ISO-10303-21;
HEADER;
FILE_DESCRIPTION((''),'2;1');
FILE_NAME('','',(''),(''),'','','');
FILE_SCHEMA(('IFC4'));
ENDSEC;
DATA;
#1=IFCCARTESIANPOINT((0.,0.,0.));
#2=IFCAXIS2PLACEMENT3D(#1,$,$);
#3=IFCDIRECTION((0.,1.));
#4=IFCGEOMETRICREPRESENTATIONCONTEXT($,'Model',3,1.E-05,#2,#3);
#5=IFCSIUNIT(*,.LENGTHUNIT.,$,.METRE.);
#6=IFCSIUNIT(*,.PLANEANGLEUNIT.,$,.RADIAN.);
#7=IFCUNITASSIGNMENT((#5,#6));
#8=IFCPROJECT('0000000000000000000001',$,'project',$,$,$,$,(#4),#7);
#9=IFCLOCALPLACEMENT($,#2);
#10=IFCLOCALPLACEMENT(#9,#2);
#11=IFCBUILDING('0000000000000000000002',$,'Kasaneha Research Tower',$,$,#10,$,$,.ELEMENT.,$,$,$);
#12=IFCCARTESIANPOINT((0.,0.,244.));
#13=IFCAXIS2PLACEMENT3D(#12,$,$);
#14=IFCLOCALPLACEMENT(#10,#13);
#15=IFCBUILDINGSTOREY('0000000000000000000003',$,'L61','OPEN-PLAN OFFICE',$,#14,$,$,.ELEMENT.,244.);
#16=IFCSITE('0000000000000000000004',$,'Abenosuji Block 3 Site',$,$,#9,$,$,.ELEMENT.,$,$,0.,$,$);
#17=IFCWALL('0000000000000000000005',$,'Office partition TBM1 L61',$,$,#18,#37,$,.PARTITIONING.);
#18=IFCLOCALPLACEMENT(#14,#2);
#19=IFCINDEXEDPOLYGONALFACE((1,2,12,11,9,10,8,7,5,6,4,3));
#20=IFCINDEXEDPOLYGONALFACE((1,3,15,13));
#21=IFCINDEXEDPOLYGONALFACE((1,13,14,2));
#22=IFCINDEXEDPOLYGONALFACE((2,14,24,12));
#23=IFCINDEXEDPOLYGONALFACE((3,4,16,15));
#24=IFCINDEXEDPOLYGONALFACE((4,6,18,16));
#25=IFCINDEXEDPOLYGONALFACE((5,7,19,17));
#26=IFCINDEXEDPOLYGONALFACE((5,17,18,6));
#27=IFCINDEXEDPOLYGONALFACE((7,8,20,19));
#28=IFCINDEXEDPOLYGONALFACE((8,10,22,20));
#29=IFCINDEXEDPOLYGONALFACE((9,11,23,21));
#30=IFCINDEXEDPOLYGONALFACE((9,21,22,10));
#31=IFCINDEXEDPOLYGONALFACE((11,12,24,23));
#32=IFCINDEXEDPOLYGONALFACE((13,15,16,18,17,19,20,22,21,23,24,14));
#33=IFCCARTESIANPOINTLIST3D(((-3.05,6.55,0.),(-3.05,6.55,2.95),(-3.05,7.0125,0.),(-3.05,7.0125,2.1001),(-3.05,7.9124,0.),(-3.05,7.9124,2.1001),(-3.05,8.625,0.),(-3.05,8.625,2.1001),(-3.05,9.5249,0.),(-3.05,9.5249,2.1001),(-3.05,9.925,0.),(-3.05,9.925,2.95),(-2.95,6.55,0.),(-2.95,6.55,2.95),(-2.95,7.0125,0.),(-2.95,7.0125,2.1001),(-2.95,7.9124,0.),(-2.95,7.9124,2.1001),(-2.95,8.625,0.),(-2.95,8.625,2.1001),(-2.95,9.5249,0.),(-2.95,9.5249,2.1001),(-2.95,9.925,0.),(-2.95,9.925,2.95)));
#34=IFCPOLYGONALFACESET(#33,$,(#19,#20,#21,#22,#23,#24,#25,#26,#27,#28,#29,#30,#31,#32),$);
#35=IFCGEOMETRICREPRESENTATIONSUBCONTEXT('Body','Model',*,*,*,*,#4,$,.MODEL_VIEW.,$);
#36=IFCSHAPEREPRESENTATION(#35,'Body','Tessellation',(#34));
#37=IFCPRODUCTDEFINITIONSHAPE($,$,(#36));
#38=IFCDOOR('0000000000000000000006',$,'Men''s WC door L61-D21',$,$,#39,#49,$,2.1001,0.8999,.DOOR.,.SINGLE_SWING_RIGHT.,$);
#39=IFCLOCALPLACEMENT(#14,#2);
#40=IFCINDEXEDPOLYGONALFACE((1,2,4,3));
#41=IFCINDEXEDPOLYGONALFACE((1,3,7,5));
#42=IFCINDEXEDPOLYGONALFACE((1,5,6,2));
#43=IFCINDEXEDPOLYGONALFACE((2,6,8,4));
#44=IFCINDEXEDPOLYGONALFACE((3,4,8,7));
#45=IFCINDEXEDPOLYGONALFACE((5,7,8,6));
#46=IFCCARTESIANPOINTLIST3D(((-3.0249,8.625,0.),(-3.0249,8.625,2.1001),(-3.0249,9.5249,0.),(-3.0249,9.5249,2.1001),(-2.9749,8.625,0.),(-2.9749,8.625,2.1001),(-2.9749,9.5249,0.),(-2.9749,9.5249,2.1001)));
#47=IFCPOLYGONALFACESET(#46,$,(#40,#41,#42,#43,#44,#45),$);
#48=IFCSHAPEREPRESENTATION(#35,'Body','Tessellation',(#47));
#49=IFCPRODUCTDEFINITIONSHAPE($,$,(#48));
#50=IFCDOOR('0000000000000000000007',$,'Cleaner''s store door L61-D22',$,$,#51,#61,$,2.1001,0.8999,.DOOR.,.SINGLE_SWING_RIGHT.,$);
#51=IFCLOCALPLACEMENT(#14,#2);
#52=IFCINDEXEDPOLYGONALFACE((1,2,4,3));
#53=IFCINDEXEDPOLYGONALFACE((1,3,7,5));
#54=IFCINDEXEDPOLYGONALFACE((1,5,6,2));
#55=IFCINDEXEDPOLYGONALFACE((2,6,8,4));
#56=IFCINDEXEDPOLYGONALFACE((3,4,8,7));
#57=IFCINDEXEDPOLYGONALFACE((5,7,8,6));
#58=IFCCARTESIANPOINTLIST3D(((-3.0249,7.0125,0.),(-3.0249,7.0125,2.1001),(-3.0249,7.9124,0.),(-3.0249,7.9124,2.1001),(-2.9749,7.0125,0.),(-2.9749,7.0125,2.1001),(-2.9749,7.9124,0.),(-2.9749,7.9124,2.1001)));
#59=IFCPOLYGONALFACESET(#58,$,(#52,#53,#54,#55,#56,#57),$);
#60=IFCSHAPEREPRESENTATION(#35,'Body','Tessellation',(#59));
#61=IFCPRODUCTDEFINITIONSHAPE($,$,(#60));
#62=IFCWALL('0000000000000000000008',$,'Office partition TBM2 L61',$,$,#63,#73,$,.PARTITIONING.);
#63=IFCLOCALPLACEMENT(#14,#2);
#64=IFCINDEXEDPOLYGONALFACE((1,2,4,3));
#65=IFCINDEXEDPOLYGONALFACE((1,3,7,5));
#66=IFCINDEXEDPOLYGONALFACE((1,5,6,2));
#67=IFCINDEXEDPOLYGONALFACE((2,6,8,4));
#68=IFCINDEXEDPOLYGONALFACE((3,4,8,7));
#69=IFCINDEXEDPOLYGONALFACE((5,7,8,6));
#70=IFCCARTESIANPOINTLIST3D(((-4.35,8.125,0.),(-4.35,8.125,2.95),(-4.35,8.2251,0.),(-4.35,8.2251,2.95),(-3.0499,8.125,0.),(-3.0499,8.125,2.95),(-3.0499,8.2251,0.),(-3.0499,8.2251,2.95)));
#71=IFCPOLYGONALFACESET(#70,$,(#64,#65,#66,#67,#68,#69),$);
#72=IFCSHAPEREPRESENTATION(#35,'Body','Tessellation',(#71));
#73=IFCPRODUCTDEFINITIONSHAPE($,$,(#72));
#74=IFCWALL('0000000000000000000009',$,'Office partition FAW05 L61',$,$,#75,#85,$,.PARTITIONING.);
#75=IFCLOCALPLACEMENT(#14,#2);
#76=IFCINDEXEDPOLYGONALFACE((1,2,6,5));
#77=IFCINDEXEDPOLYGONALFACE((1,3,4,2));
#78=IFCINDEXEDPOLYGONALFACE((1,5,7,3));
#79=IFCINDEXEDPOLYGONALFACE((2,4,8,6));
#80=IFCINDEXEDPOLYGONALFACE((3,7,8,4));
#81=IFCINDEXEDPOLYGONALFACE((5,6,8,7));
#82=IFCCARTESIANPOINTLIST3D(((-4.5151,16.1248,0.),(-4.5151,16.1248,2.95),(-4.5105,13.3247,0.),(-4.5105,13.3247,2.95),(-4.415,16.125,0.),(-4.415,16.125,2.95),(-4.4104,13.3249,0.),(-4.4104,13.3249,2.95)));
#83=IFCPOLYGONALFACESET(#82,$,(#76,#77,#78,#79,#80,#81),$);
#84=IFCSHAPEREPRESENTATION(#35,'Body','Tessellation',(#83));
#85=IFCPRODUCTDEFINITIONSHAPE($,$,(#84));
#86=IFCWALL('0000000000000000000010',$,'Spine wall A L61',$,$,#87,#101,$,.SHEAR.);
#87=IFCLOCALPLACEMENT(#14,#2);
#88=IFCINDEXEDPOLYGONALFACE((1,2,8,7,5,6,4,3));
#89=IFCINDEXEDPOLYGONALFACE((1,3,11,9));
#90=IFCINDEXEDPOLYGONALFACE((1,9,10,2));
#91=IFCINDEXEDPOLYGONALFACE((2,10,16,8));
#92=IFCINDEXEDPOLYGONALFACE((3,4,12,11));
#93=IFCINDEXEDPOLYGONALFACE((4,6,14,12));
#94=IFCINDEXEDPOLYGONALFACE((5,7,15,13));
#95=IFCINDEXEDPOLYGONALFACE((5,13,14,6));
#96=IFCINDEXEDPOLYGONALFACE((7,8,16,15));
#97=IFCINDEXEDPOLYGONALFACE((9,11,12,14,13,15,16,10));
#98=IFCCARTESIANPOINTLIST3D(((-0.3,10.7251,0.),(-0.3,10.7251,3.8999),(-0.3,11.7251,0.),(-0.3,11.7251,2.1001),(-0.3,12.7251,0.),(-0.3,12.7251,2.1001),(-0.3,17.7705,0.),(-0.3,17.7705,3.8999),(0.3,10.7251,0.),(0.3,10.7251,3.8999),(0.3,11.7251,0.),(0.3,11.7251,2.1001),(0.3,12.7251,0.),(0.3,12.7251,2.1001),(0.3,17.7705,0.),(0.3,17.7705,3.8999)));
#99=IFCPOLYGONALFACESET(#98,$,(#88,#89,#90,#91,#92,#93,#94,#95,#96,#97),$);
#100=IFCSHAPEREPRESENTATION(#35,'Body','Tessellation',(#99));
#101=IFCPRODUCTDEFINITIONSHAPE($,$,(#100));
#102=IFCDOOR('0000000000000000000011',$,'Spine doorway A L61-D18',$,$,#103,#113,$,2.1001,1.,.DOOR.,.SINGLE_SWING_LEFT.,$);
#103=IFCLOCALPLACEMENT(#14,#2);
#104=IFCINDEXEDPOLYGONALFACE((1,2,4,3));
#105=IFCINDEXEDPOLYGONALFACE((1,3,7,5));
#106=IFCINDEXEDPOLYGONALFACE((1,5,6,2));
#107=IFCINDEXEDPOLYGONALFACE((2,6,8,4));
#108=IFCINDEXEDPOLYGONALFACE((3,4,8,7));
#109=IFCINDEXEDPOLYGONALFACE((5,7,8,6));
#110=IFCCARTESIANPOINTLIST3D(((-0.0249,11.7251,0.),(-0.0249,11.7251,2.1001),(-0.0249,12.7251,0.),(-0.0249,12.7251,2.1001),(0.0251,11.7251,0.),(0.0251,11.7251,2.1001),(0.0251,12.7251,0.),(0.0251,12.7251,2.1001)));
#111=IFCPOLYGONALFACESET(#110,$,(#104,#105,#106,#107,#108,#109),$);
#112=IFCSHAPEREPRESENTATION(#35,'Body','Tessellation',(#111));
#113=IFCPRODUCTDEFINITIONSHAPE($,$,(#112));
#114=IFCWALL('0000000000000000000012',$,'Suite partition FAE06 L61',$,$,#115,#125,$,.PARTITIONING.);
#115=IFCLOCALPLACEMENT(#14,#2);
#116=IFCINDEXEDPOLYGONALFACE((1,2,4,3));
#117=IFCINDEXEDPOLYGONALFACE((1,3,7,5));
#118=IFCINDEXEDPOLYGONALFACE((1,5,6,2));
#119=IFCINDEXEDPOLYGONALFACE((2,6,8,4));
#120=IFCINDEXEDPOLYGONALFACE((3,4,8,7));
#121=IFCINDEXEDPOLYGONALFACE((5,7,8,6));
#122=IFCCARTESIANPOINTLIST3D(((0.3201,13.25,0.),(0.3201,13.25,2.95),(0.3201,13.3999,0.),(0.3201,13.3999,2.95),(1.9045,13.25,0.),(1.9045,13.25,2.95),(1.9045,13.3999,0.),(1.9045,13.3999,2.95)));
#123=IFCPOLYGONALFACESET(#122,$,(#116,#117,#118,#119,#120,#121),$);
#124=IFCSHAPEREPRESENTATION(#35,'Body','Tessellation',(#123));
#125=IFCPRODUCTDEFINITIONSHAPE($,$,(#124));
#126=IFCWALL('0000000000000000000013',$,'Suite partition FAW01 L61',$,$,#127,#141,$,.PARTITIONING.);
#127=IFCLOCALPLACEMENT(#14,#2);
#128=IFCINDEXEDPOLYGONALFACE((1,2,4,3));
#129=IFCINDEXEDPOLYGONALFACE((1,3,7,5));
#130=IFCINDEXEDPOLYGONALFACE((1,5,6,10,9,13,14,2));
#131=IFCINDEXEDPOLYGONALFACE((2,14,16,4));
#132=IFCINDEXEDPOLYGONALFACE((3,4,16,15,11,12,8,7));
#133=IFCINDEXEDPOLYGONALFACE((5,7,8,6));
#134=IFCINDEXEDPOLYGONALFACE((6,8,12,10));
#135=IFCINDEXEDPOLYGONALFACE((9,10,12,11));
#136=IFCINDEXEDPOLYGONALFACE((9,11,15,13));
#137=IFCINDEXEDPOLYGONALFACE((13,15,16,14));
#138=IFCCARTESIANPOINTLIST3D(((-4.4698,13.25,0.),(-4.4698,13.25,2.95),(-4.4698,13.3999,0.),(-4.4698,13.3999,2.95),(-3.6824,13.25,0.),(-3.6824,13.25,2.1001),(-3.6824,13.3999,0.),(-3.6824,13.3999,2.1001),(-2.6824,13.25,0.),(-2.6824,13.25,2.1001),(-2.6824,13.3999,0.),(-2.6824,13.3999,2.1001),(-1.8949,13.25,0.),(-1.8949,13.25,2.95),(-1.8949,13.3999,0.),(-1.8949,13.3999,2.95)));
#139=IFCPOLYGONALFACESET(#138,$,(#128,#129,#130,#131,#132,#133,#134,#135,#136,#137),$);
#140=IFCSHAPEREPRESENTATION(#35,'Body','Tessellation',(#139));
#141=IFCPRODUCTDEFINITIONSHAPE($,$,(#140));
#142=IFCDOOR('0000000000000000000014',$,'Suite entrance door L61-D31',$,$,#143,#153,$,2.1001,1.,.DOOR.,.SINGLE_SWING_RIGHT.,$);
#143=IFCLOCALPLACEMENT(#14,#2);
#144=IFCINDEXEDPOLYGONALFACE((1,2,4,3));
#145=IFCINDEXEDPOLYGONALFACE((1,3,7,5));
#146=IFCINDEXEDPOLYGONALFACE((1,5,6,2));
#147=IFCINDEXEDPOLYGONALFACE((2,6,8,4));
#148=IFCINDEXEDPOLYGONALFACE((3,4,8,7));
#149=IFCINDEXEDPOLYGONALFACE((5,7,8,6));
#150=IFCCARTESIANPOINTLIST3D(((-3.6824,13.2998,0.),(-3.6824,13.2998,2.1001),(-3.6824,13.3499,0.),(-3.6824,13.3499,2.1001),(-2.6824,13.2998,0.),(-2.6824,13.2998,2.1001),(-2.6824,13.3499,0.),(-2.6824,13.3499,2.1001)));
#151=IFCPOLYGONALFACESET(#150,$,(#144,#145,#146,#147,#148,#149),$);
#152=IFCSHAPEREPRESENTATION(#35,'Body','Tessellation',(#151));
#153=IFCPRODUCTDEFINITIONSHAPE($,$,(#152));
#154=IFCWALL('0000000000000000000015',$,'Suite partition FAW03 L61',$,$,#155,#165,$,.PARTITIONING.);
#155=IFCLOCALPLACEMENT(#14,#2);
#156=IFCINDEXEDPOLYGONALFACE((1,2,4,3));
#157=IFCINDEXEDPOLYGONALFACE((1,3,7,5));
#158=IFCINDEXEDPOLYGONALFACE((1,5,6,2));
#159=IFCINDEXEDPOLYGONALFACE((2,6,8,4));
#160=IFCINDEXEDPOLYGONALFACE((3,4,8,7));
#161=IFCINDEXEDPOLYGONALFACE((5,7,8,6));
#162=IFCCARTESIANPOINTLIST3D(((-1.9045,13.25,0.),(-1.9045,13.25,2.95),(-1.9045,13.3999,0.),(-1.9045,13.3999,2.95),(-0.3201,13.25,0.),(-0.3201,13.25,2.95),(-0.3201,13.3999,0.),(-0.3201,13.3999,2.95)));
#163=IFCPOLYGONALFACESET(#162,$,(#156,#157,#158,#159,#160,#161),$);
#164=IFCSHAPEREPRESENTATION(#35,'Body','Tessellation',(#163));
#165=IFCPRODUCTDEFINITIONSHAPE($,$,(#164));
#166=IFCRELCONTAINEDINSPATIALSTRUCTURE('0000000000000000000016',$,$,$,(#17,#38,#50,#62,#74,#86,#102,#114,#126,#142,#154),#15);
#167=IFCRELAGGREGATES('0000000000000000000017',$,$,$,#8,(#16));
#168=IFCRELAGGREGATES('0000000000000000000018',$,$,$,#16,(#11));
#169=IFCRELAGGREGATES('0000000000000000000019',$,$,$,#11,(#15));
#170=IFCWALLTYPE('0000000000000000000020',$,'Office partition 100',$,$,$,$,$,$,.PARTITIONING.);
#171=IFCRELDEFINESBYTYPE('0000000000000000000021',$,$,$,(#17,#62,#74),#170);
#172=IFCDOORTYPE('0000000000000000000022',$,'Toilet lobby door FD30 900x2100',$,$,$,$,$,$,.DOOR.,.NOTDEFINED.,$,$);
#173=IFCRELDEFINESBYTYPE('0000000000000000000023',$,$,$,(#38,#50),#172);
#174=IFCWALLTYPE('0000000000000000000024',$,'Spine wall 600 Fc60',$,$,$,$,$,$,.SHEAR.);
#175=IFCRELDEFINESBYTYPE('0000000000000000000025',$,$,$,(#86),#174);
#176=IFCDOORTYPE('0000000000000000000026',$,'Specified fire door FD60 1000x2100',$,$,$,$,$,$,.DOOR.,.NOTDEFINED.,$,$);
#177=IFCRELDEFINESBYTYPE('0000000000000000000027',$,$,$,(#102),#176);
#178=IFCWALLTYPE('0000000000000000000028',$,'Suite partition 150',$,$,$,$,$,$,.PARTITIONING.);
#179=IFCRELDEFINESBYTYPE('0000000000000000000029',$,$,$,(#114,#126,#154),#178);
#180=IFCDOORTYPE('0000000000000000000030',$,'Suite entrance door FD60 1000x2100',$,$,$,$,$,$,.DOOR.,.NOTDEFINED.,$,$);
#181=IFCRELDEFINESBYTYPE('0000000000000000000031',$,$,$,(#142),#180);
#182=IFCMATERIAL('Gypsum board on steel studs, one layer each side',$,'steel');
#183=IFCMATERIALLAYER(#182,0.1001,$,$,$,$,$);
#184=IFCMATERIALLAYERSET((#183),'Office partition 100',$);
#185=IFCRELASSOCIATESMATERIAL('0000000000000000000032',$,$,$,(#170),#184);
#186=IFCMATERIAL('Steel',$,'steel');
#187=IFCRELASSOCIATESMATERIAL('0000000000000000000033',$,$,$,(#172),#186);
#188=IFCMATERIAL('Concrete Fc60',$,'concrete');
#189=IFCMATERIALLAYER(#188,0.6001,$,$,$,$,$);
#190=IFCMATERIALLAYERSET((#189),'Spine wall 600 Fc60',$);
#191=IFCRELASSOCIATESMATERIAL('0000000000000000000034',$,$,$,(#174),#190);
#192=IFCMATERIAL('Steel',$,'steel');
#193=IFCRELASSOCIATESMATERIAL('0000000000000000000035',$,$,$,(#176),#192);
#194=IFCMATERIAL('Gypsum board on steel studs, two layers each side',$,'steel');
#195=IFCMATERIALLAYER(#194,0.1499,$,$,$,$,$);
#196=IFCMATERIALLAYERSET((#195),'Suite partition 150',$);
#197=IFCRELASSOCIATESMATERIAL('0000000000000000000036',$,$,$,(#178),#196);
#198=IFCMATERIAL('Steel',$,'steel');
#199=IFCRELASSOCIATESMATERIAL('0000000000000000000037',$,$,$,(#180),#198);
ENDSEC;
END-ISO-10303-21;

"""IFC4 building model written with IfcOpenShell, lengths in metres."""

from ifc_helpers import new_model, si_unit, direction, frame, frame_2d, origin, place, context, subcontext, project, spatial, rectangle, extrude, material, layer, layer_set, type_object, element, fill, save


model = new_model("IFC4")

# Units and contexts
model_context = context("Model", 3, precision=1e-05, world=origin(), true_north=direction((0.0, 1.0)))
body_context = subcontext(model_context, "Body", "Model", "MODEL_VIEW")
ifc_project = project(units=[si_unit("LENGTHUNIT", "METRE"), si_unit("PLANEANGLEUNIT", "RADIAN")], contexts=[model_context])

# Site, building, storey
site_placement = place(None, origin())
site = spatial("IfcSite", under=ifc_project, at=site_placement, Name="Abenosuji Block 3 Site", CompositionType="ELEMENT", RefElevation=0.0)
building_placement = place(site_placement, origin())
building = spatial("IfcBuilding", under=site, at=building_placement, Name="Kasaneha Research Tower", CompositionType="ELEMENT")
storey_placement = place(building_placement, frame((0.0, 0.0, 244.0)))
storey = spatial("IfcBuildingStorey", under=building, at=storey_placement, Name="L61", Description="OPEN-PLAN OFFICE", CompositionType="ELEMENT", Elevation=244.0)

# Wall, openings, doors
ifc_material_1 = material(Name="Gypsum board on steel studs, one layer each side", Category="steel")
ifc_layer_1 = layer(ifc_material_1, 0.1001)
ifc_layer_set_1 = layer_set([ifc_layer_1], Name="Office partition 100")
wall_type_1 = type_object("IfcWallType", Name="Office partition 100", PredefinedType="PARTITIONING", material=ifc_layer_set_1)
wall_1_placement = place(storey_placement, frame((-3.0, 6.55, 0.0), z_axis=(0.0, 0.0, 1.0), x_axis=(0.0, 1.0, 0.0)))
wall_1 = element("IfcWall", 1, at=wall_1_placement, inside=storey, type_object=wall_type_1, Name="Office partition TBM1 L61", PredefinedType="PARTITIONING", context=body_context, shape_type="SweptSolid", body=[
    extrude(rectangle(XDim=3.375, YDim=0.1001, at=frame_2d((1.6875, 0.0))), origin(), (0.0, 0.0, 1.0), 2.95),
])
opening_1_placement = place(wall_1_placement, frame((2.075, 0.0, 0.0)))
opening_1 = element("IfcOpeningElement", 2, at=opening_1_placement, cuts=wall_1, PredefinedType="OPENING", context=body_context, shape_type="SweptSolid", body=[
    extrude(rectangle(XDim=0.8999, YDim=2.1001, at=frame_2d((0.45, 1.05))), frame((0.0, 0.0601, 0.0), z_axis=(0.0, -1.0, 0.0), x_axis=(1.0, 0.0, 0.0)), (0.0, 0.0, 1.0), 0.1201),
])
opening_2_placement = place(wall_1_placement, frame((0.4624, 0.0, 0.0)))
opening_2 = element("IfcOpeningElement", 3, at=opening_2_placement, cuts=wall_1, PredefinedType="OPENING", context=body_context, shape_type="SweptSolid", body=[
    extrude(rectangle(XDim=0.8999, YDim=2.1001, at=frame_2d((0.45, 1.05))), frame((0.0, 0.0601, 0.0), z_axis=(0.0, -1.0, 0.0), x_axis=(1.0, 0.0, 0.0)), (0.0, 0.0, 1.0), 0.1201),
])
ifc_material_2 = material(Name="Steel", Category="steel")
door_type_1 = type_object("IfcDoorType", Name="Toilet lobby door FD30 900x2100", OperationType="NOTDEFINED", PredefinedType="DOOR", material=ifc_material_2)
door_1_placement = place(opening_1_placement, origin())
door_1 = element("IfcDoor", 4, at=door_1_placement, inside=storey, type_object=door_type_1, Name="Men's WC door L61-D21", OperationType="SINGLE_SWING_RIGHT", OverallHeight=2.1001, OverallWidth=0.8999, PredefinedType="DOOR", context=body_context, shape_type="SweptSolid", body=[
    extrude(rectangle(XDim=0.8999, YDim=2.1001, at=frame_2d((0.45, 1.05))), frame((0.0, 0.0249, 0.0), z_axis=(0.0, -1.0, 0.0), x_axis=(1.0, 0.0, 0.0)), (0.0, 0.0, 1.0), 0.05),
])
fill(opening_1, door_1)
door_2_placement = place(opening_2_placement, origin())
door_2 = element("IfcDoor", 5, at=door_2_placement, inside=storey, type_object=door_type_1, Name="Cleaner's store door L61-D22", OperationType="SINGLE_SWING_RIGHT", OverallHeight=2.1001, OverallWidth=0.8999, PredefinedType="DOOR", context=body_context, shape_type="SweptSolid", body=[
    extrude(rectangle(XDim=0.8999, YDim=2.1001, at=frame_2d((0.45, 1.05))), frame((0.0, 0.0249, 0.0), z_axis=(0.0, -1.0, 0.0), x_axis=(1.0, 0.0, 0.0)), (0.0, 0.0, 1.0), 0.05),
])
fill(opening_2, door_2)

# Walls
wall_2_placement = place(storey_placement, frame((-3.05, 8.175, 0.0), z_axis=(0.0, 0.0, 1.0), x_axis=(-1.0, 0.0, 0.0)))
element("IfcWall", 6, at=wall_2_placement, inside=storey, type_object=wall_type_1, Name="Office partition TBM2 L61", PredefinedType="PARTITIONING", context=body_context, shape_type="SweptSolid", body=[
    extrude(rectangle(XDim=1.3, YDim=0.1001, at=frame_2d((0.6499, 0.0))), origin(), (0.0, 0.0, 1.0), 2.95),
])
wall_3_placement = place(storey_placement, frame((-4.4604, 13.325, 0.0), z_axis=(0.0, 0.0, 1.0), x_axis=(-0.001657, 0.999999, 0.0)))
element("IfcWall", 7, at=wall_3_placement, inside=storey, type_object=wall_type_1, Name="Office partition FAW05 L61", PredefinedType="PARTITIONING", context=body_context, shape_type="SweptSolid", body=[
    extrude(rectangle(XDim=2.8, YDim=0.1001, at=frame_2d((1.3999, 0.0))), origin(), (0.0, 0.0, 1.0), 2.95),
])

# Wall, opening, door
ifc_material_3 = material(Name="Concrete Fc60", Category="concrete")
ifc_layer_2 = layer(ifc_material_3, 0.6001)
ifc_layer_set_2 = layer_set([ifc_layer_2], Name="Spine wall 600 Fc60")
wall_type_2 = type_object("IfcWallType", Name="Spine wall 600 Fc60", PredefinedType="SHEAR", material=ifc_layer_set_2)
wall_4_placement = place(storey_placement, frame((0.0, 10.7251, 0.0), z_axis=(0.0, 0.0, 1.0), x_axis=(0.0, 1.0, 0.0)))
wall_4 = element("IfcWall", 8, at=wall_4_placement, inside=storey, type_object=wall_type_2, Name="Spine wall A L61", PredefinedType="SHEAR", context=body_context, shape_type="SweptSolid", body=[
    extrude(rectangle(XDim=7.0454, YDim=0.6001, at=frame_2d((3.5227, 0.0))), origin(), (0.0, 0.0, 1.0), 3.8999),
])
opening_3_placement = place(wall_4_placement, frame((1.0, 0.0, 0.0)))
opening_3 = element("IfcOpeningElement", 9, at=opening_3_placement, cuts=wall_4, PredefinedType="OPENING", context=body_context, shape_type="SweptSolid", body=[
    extrude(rectangle(XDim=1.0, YDim=2.1001, at=frame_2d((0.5, 1.05))), frame((0.0, 0.3101, 0.0), z_axis=(0.0, -1.0, 0.0), x_axis=(1.0, 0.0, 0.0)), (0.0, 0.0, 1.0), 0.6201),
])
ifc_material_4 = material(Name="Steel", Category="steel")
door_type_2 = type_object("IfcDoorType", Name="Specified fire door FD60 1000x2100", OperationType="NOTDEFINED", PredefinedType="DOOR", material=ifc_material_4)
door_3_placement = place(opening_3_placement, origin())
door_3 = element("IfcDoor", 10, at=door_3_placement, inside=storey, type_object=door_type_2, Name="Spine doorway A L61-D18", OperationType="SINGLE_SWING_LEFT", OverallHeight=2.1001, OverallWidth=1.0, PredefinedType="DOOR", context=body_context, shape_type="SweptSolid", body=[
    extrude(rectangle(XDim=1.0, YDim=2.1001, at=frame_2d((0.5, 1.05))), frame((0.0, 0.0249, 0.0), z_axis=(0.0, -1.0, 0.0), x_axis=(1.0, 0.0, 0.0)), (0.0, 0.0, 1.0), 0.05),
])
fill(opening_3, door_3)

# Wall
ifc_material_5 = material(Name="Gypsum board on steel studs, two layers each side", Category="steel")
ifc_layer_3 = layer(ifc_material_5, 0.1499)
ifc_layer_set_3 = layer_set([ifc_layer_3], Name="Suite partition 150")
wall_type_3 = type_object("IfcWallType", Name="Suite partition 150", PredefinedType="PARTITIONING", material=ifc_layer_set_3)
wall_5_placement = place(storey_placement, frame((0.3201, 13.325, 0.0), z_axis=(0.0, 0.0, 1.0), x_axis=(1.0, 0.0, 0.0)))
element("IfcWall", 11, at=wall_5_placement, inside=storey, type_object=wall_type_3, Name="Suite partition FAE06 L61", PredefinedType="PARTITIONING", context=body_context, shape_type="SweptSolid", body=[
    extrude(rectangle(XDim=1.5845, YDim=0.1499, at=frame_2d((0.7922, 0.0))), origin(), (0.0, 0.0, 1.0), 2.95),
])

# Wall, opening, door
wall_6_placement = place(storey_placement, frame((-4.47, 13.325, 0.0), z_axis=(0.0, 0.0, 1.0), x_axis=(1.0, 0.0, 0.0)))
wall_6 = element("IfcWall", 12, at=wall_6_placement, inside=storey, type_object=wall_type_3, Name="Suite partition FAW01 L61", PredefinedType="PARTITIONING", context=body_context, shape_type="SweptSolid", body=[
    extrude(rectangle(XDim=2.575, YDim=0.1499, at=frame_2d((1.2876, 0.0))), origin(), (0.0, 0.0, 1.0), 2.95),
])
opening_4_placement = place(wall_6_placement, frame((0.7876, 0.0, 0.0)))
opening_4 = element("IfcOpeningElement", 13, at=opening_4_placement, cuts=wall_6, PredefinedType="OPENING", context=body_context, shape_type="SweptSolid", body=[
    extrude(rectangle(XDim=1.0, YDim=2.1001, at=frame_2d((0.5, 1.05))), frame((0.0, 0.085, 0.0), z_axis=(0.0, -1.0, 0.0), x_axis=(1.0, 0.0, 0.0)), (0.0, 0.0, 1.0), 0.1699),
])
ifc_material_6 = material(Name="Steel", Category="steel")
door_type_3 = type_object("IfcDoorType", Name="Suite entrance door FD60 1000x2100", OperationType="NOTDEFINED", PredefinedType="DOOR", material=ifc_material_6)
door_4_placement = place(opening_4_placement, origin())
door_4 = element("IfcDoor", 14, at=door_4_placement, inside=storey, type_object=door_type_3, Name="Suite entrance door L61-D31", OperationType="SINGLE_SWING_RIGHT", OverallHeight=2.1001, OverallWidth=1.0, PredefinedType="DOOR", context=body_context, shape_type="SweptSolid", body=[
    extrude(rectangle(XDim=1.0, YDim=2.1001, at=frame_2d((0.5, 1.05))), frame((0.0, 0.0249, 0.0), z_axis=(0.0, -1.0, 0.0), x_axis=(1.0, 0.0, 0.0)), (0.0, 0.0, 1.0), 0.05),
])
fill(opening_4, door_4)

# Wall
wall_7_placement = place(storey_placement, frame((-1.9045, 13.325, 0.0), z_axis=(0.0, 0.0, 1.0), x_axis=(1.0, 0.0, 0.0)))
element("IfcWall", 15, at=wall_7_placement, inside=storey, type_object=wall_type_3, Name="Suite partition FAW03 L61", PredefinedType="PARTITIONING", context=body_context, shape_type="SweptSolid", body=[
    extrude(rectangle(XDim=1.5845, YDim=0.1499, at=frame_2d((0.7922, 0.0))), origin(), (0.0, 0.0, 1.0), 2.95),
])

save(model, "model.ifc")
